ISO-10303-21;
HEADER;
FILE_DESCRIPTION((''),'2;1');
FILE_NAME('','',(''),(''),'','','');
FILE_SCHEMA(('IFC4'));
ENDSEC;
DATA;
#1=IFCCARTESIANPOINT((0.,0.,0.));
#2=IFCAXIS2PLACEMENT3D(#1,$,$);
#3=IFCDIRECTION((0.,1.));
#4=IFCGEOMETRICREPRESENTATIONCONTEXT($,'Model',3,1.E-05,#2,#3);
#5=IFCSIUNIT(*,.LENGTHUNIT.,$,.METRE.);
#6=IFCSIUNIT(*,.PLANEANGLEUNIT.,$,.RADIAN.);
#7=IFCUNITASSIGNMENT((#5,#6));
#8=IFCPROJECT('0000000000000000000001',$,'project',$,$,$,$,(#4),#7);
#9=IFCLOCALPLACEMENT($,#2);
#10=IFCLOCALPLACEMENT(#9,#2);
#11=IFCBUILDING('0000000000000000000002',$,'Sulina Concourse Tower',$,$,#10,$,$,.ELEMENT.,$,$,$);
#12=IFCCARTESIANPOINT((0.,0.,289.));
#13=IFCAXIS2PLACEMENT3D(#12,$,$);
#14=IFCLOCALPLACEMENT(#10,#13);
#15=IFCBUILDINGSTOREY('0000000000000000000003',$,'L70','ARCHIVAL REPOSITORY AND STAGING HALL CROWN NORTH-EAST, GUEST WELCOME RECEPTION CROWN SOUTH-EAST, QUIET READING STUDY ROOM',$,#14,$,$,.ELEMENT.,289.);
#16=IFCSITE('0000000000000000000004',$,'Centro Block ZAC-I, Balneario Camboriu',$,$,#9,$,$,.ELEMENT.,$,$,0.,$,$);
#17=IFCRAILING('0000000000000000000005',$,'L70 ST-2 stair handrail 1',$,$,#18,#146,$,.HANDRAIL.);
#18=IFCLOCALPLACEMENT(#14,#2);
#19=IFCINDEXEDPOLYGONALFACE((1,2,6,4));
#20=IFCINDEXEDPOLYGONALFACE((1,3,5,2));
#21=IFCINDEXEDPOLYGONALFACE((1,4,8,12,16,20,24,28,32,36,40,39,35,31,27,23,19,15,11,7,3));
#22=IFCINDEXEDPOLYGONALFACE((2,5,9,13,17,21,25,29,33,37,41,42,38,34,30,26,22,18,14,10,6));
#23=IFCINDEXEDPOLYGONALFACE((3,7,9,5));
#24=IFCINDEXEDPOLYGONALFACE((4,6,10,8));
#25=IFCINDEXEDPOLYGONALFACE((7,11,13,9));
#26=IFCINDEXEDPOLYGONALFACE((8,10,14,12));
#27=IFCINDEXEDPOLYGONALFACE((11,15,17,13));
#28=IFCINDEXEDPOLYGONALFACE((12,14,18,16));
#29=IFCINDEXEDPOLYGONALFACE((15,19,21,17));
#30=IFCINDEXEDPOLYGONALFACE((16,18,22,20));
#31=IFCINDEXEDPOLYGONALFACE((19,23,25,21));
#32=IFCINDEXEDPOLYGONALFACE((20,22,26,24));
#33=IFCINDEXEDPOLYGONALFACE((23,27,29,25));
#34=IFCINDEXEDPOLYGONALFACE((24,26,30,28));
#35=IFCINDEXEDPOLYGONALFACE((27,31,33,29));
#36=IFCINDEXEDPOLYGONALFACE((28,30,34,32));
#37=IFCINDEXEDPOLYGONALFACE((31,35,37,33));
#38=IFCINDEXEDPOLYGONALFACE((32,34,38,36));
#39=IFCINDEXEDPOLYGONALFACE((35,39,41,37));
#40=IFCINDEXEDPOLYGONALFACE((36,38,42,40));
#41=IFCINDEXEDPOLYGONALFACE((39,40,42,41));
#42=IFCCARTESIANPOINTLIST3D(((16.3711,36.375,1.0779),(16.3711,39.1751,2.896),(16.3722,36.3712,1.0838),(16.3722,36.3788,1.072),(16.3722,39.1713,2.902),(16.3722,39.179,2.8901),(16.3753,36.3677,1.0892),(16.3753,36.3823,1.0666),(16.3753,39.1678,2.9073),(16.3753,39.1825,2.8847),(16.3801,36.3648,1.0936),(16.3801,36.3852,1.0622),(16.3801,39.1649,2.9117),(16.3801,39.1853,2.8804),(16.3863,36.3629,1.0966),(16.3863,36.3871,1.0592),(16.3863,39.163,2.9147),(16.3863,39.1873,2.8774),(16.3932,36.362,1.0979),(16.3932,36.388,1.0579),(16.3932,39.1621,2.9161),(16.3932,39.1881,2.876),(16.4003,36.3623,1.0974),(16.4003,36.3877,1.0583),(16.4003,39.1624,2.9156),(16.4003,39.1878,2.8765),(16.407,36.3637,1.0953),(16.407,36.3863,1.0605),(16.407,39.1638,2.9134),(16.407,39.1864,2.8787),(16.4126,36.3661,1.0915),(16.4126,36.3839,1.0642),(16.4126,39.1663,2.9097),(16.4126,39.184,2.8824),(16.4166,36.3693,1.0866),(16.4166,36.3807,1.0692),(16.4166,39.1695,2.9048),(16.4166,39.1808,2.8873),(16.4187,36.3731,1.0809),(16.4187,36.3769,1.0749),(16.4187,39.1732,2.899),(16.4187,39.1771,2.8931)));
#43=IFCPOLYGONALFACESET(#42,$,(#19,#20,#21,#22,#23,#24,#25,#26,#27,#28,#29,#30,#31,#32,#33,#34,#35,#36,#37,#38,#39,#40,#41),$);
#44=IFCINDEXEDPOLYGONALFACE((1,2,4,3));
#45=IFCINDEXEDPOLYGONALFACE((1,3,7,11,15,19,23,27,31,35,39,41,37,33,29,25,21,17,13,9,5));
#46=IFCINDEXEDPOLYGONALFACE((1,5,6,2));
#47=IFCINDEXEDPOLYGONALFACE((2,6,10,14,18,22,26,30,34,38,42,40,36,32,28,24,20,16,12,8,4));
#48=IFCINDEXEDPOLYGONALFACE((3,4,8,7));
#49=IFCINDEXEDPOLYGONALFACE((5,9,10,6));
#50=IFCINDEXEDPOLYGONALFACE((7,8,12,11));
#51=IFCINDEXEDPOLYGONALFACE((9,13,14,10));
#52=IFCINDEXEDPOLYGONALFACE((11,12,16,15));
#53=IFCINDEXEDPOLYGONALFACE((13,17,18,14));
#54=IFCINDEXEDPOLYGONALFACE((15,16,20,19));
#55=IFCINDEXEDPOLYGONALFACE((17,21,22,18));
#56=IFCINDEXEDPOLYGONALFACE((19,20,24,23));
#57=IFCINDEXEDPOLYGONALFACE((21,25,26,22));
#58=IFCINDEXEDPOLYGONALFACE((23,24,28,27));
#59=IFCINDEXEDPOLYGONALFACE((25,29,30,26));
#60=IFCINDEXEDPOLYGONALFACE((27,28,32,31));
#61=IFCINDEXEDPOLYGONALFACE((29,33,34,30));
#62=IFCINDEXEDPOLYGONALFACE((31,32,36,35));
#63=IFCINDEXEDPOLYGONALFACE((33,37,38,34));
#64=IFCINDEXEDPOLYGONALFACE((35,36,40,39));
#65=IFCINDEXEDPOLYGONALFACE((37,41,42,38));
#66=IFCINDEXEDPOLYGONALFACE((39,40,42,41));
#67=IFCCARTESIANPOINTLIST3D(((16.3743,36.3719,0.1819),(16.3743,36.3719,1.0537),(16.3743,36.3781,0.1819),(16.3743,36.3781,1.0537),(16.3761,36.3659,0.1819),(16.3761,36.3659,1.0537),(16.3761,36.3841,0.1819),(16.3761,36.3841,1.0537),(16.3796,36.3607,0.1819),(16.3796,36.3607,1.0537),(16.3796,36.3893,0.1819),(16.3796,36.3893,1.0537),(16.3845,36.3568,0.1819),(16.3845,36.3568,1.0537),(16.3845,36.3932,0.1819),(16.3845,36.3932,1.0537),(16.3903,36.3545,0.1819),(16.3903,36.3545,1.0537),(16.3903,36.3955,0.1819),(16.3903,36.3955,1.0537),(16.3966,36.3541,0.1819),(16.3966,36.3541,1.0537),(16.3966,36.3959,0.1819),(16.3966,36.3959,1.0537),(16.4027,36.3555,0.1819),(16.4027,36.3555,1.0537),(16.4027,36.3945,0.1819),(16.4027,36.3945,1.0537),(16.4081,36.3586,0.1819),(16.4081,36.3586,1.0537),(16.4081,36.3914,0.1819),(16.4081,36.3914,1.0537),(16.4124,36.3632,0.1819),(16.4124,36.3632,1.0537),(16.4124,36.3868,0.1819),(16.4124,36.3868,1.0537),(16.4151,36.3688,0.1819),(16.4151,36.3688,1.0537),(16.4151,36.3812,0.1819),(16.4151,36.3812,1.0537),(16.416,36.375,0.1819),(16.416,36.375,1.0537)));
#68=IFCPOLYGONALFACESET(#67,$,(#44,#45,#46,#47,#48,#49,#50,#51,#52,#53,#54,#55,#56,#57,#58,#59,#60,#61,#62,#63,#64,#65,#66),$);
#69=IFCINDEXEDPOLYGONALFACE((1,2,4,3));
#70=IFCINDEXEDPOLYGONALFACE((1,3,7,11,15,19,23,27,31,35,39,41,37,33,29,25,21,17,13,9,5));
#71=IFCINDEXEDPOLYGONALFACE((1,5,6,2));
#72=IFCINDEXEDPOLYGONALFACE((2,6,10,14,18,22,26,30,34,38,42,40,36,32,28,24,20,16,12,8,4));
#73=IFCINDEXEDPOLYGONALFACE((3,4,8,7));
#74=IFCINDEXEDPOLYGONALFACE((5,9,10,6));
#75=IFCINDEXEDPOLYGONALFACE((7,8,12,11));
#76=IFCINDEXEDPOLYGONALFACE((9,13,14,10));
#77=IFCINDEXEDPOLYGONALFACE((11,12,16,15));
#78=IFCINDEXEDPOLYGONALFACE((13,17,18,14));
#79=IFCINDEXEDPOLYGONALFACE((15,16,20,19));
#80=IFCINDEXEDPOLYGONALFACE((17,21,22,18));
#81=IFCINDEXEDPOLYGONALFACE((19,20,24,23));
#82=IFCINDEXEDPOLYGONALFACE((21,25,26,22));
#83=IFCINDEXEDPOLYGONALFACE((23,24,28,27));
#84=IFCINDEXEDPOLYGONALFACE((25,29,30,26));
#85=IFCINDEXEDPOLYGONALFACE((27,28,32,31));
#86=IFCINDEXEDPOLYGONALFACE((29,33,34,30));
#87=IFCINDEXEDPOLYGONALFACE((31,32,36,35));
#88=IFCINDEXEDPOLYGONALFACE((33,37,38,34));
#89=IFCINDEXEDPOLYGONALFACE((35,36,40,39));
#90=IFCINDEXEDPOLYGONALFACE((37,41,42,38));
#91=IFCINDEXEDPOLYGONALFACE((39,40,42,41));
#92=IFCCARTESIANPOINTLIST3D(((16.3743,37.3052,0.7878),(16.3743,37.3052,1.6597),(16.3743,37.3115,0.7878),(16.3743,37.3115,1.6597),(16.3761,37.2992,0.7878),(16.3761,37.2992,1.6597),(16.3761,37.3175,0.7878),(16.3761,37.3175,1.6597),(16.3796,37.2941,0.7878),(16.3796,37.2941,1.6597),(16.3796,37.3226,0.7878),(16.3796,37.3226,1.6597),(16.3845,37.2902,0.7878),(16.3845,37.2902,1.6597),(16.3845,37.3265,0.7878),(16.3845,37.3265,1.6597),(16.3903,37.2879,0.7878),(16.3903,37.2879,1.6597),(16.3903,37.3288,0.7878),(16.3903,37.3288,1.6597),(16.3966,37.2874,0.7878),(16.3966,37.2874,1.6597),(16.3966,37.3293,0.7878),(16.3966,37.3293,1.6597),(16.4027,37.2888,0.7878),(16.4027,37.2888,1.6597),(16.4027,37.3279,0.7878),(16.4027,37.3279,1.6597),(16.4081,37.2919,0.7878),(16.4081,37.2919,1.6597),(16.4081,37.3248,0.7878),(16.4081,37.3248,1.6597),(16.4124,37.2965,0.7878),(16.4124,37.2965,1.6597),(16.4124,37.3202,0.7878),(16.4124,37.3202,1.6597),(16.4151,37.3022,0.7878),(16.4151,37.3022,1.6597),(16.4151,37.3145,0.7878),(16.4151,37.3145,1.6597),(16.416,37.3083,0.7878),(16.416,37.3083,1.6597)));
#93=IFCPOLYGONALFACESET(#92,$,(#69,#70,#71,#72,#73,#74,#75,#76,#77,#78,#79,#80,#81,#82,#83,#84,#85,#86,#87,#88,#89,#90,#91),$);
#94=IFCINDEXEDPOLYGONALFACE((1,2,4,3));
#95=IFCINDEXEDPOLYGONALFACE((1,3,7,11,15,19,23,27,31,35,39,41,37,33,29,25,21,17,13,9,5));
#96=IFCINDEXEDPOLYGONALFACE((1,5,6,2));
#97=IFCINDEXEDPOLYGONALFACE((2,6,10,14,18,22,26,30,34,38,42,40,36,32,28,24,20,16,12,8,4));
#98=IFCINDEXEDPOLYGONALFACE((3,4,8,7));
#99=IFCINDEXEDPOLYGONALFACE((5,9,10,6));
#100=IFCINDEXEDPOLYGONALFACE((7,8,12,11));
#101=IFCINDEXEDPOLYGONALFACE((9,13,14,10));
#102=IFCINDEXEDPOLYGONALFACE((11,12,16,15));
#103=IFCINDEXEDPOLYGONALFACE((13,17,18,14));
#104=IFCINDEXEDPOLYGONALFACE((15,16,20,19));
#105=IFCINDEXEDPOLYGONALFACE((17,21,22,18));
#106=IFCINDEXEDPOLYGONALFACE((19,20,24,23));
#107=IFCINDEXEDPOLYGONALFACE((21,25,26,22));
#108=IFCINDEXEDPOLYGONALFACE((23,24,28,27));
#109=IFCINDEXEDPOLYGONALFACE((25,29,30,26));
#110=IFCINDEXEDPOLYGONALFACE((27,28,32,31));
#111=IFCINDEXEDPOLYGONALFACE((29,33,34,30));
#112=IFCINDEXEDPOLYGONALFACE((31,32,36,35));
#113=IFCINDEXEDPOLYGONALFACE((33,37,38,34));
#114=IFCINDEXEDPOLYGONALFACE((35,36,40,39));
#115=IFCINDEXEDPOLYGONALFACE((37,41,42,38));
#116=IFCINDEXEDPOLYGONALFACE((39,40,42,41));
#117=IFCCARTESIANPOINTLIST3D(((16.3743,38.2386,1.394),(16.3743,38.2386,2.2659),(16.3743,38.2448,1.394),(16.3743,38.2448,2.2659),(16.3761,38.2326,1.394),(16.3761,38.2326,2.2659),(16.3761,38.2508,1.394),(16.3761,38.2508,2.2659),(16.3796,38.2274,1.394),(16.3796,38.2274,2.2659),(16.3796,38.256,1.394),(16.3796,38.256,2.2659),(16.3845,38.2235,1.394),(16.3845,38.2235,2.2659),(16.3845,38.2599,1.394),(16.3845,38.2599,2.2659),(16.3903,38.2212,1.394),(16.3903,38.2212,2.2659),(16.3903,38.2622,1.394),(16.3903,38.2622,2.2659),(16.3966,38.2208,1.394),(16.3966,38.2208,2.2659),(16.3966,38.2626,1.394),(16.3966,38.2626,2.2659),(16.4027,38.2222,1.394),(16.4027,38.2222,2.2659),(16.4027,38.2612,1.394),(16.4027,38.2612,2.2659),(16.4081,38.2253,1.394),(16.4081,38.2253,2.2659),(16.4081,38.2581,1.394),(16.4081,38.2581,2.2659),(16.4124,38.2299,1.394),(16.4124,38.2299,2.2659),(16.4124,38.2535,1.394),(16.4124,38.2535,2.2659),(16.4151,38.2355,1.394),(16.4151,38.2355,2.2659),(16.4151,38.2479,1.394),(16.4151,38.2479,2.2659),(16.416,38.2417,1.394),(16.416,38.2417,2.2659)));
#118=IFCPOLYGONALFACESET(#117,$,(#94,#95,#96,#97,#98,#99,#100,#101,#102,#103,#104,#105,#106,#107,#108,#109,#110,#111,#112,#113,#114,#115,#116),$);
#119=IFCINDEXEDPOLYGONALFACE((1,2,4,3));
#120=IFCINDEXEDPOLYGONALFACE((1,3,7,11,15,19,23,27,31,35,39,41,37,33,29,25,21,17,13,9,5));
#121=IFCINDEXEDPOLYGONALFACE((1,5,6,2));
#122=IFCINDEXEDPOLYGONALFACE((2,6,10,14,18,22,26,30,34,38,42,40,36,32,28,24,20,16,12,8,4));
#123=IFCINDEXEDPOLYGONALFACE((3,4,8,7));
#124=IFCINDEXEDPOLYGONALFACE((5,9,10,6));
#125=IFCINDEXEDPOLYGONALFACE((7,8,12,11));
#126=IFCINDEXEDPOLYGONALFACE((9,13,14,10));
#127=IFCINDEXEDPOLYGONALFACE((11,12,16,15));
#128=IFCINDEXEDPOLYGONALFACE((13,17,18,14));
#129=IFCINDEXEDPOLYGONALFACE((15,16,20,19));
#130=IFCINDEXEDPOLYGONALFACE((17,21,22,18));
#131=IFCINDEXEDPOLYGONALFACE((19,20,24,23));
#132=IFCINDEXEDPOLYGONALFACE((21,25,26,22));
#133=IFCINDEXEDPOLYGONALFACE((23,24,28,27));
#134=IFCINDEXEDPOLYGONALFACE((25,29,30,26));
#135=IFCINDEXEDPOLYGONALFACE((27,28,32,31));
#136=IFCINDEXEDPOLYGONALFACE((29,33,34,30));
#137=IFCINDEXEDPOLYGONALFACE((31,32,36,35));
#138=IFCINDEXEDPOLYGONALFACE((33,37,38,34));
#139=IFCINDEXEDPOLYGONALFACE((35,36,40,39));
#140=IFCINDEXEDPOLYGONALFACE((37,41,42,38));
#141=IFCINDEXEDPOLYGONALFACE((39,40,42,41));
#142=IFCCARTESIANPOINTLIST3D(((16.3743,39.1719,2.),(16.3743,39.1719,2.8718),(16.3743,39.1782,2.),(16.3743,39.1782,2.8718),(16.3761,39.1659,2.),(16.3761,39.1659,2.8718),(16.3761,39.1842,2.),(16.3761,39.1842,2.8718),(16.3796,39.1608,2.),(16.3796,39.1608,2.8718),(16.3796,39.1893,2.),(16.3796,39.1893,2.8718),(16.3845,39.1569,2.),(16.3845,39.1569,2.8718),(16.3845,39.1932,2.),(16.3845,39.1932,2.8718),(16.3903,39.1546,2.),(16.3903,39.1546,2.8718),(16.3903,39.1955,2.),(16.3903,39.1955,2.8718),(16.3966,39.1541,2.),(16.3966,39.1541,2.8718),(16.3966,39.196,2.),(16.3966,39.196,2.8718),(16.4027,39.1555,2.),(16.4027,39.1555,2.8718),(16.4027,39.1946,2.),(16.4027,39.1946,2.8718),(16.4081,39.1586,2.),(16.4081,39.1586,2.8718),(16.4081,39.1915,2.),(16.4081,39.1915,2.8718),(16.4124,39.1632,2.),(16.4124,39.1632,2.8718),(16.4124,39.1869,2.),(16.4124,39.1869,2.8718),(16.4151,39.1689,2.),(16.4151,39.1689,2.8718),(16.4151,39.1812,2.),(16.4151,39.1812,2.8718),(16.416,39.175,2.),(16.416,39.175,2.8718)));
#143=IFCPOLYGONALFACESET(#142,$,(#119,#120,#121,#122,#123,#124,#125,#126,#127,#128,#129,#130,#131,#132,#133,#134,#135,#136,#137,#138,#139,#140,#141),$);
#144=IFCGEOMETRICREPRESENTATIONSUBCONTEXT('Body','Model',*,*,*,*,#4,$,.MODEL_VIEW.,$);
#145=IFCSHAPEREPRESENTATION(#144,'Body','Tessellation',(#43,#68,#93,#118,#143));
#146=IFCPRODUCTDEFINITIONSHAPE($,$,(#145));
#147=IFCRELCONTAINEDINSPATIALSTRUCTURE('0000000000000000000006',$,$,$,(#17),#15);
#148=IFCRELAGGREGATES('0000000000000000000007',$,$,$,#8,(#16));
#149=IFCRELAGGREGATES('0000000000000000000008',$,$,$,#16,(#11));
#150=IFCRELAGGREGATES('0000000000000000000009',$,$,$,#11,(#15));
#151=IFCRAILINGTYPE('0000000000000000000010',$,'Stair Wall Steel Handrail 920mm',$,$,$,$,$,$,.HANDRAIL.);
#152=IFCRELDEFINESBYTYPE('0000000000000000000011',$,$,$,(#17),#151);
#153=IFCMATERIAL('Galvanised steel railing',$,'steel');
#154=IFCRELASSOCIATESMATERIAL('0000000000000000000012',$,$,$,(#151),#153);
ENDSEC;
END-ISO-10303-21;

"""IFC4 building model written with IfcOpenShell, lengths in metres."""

from ifc_helpers import new_model, si_unit, direction, frame, origin, origin_2d, place, context, subcontext, project, spatial, circle, extrude, material, type_object, element, save


model = new_model("IFC4")

# Units and contexts
model_context = context("Model", 3, precision=1e-05, world=origin(), true_north=direction((0.0, 1.0)))
body_context = subcontext(model_context, "Body", "Model", "MODEL_VIEW")
ifc_project = project(units=[si_unit("LENGTHUNIT", "METRE"), si_unit("PLANEANGLEUNIT", "RADIAN")], contexts=[model_context])

# Site, building, storey
site_placement = place(None, origin())
site = spatial("IfcSite", under=ifc_project, at=site_placement, Name="Centro Block ZAC-I, Balneario Camboriu", CompositionType="ELEMENT", RefElevation=0.0)
building_placement = place(site_placement, origin())
building = spatial("IfcBuilding", under=site, at=building_placement, Name="Sulina Concourse Tower", CompositionType="ELEMENT")
storey_placement = place(building_placement, frame((0.0, 0.0, 289.0)))
storey = spatial("IfcBuildingStorey", under=building, at=storey_placement, Name="L70", Description="ARCHIVAL REPOSITORY AND STAGING HALL CROWN NORTH-EAST, GUEST WELCOME RECEPTION CROWN SOUTH-EAST, QUIET READING STUDY ROOM", CompositionType="ELEMENT", Elevation=289.0)

# Railing
ifc_material_1 = material(Name="Galvanised steel railing", Category="steel")
railing_type_1 = type_object("IfcRailingType", Name="Stair Wall Steel Handrail 920mm", PredefinedType="HANDRAIL", material=ifc_material_1)
railing_1_placement = place(storey_placement, frame((16.395, 36.375, 0.1819)))
element("IfcRailing", 1, at=railing_1_placement, inside=storey, type_object=railing_type_1, Name="L70 ST-2 stair handrail 1", PredefinedType="HANDRAIL", context=body_context, shape_type="SweptSolid", body=[
    extrude(circle(Radius=0.0239, at=origin_2d()), frame((0.0, 0.0, 0.896), z_axis=(0.0, 0.838706, 0.544585), x_axis=(-1.0, 0.0, 0.0)), (0.0, 0.0, 1.0), 3.3386),
    extrude(circle(Radius=0.021, at=origin_2d()), origin(), (0.0, 0.0, 1.0), 0.8718),
    extrude(circle(Radius=0.021, at=origin_2d()), frame((0.0, 0.9333, 0.606)), (0.0, 0.0, 1.0), 0.8718),
    extrude(circle(Radius=0.021, at=origin_2d()), frame((0.0, 1.8667, 1.2122)), (0.0, 0.0, 1.0), 0.8718),
    extrude(circle(Radius=0.021, at=origin_2d()), frame((0.0, 2.8, 1.8181)), (0.0, 0.0, 1.0), 0.8718),
])

save(model, "model.ifc")
